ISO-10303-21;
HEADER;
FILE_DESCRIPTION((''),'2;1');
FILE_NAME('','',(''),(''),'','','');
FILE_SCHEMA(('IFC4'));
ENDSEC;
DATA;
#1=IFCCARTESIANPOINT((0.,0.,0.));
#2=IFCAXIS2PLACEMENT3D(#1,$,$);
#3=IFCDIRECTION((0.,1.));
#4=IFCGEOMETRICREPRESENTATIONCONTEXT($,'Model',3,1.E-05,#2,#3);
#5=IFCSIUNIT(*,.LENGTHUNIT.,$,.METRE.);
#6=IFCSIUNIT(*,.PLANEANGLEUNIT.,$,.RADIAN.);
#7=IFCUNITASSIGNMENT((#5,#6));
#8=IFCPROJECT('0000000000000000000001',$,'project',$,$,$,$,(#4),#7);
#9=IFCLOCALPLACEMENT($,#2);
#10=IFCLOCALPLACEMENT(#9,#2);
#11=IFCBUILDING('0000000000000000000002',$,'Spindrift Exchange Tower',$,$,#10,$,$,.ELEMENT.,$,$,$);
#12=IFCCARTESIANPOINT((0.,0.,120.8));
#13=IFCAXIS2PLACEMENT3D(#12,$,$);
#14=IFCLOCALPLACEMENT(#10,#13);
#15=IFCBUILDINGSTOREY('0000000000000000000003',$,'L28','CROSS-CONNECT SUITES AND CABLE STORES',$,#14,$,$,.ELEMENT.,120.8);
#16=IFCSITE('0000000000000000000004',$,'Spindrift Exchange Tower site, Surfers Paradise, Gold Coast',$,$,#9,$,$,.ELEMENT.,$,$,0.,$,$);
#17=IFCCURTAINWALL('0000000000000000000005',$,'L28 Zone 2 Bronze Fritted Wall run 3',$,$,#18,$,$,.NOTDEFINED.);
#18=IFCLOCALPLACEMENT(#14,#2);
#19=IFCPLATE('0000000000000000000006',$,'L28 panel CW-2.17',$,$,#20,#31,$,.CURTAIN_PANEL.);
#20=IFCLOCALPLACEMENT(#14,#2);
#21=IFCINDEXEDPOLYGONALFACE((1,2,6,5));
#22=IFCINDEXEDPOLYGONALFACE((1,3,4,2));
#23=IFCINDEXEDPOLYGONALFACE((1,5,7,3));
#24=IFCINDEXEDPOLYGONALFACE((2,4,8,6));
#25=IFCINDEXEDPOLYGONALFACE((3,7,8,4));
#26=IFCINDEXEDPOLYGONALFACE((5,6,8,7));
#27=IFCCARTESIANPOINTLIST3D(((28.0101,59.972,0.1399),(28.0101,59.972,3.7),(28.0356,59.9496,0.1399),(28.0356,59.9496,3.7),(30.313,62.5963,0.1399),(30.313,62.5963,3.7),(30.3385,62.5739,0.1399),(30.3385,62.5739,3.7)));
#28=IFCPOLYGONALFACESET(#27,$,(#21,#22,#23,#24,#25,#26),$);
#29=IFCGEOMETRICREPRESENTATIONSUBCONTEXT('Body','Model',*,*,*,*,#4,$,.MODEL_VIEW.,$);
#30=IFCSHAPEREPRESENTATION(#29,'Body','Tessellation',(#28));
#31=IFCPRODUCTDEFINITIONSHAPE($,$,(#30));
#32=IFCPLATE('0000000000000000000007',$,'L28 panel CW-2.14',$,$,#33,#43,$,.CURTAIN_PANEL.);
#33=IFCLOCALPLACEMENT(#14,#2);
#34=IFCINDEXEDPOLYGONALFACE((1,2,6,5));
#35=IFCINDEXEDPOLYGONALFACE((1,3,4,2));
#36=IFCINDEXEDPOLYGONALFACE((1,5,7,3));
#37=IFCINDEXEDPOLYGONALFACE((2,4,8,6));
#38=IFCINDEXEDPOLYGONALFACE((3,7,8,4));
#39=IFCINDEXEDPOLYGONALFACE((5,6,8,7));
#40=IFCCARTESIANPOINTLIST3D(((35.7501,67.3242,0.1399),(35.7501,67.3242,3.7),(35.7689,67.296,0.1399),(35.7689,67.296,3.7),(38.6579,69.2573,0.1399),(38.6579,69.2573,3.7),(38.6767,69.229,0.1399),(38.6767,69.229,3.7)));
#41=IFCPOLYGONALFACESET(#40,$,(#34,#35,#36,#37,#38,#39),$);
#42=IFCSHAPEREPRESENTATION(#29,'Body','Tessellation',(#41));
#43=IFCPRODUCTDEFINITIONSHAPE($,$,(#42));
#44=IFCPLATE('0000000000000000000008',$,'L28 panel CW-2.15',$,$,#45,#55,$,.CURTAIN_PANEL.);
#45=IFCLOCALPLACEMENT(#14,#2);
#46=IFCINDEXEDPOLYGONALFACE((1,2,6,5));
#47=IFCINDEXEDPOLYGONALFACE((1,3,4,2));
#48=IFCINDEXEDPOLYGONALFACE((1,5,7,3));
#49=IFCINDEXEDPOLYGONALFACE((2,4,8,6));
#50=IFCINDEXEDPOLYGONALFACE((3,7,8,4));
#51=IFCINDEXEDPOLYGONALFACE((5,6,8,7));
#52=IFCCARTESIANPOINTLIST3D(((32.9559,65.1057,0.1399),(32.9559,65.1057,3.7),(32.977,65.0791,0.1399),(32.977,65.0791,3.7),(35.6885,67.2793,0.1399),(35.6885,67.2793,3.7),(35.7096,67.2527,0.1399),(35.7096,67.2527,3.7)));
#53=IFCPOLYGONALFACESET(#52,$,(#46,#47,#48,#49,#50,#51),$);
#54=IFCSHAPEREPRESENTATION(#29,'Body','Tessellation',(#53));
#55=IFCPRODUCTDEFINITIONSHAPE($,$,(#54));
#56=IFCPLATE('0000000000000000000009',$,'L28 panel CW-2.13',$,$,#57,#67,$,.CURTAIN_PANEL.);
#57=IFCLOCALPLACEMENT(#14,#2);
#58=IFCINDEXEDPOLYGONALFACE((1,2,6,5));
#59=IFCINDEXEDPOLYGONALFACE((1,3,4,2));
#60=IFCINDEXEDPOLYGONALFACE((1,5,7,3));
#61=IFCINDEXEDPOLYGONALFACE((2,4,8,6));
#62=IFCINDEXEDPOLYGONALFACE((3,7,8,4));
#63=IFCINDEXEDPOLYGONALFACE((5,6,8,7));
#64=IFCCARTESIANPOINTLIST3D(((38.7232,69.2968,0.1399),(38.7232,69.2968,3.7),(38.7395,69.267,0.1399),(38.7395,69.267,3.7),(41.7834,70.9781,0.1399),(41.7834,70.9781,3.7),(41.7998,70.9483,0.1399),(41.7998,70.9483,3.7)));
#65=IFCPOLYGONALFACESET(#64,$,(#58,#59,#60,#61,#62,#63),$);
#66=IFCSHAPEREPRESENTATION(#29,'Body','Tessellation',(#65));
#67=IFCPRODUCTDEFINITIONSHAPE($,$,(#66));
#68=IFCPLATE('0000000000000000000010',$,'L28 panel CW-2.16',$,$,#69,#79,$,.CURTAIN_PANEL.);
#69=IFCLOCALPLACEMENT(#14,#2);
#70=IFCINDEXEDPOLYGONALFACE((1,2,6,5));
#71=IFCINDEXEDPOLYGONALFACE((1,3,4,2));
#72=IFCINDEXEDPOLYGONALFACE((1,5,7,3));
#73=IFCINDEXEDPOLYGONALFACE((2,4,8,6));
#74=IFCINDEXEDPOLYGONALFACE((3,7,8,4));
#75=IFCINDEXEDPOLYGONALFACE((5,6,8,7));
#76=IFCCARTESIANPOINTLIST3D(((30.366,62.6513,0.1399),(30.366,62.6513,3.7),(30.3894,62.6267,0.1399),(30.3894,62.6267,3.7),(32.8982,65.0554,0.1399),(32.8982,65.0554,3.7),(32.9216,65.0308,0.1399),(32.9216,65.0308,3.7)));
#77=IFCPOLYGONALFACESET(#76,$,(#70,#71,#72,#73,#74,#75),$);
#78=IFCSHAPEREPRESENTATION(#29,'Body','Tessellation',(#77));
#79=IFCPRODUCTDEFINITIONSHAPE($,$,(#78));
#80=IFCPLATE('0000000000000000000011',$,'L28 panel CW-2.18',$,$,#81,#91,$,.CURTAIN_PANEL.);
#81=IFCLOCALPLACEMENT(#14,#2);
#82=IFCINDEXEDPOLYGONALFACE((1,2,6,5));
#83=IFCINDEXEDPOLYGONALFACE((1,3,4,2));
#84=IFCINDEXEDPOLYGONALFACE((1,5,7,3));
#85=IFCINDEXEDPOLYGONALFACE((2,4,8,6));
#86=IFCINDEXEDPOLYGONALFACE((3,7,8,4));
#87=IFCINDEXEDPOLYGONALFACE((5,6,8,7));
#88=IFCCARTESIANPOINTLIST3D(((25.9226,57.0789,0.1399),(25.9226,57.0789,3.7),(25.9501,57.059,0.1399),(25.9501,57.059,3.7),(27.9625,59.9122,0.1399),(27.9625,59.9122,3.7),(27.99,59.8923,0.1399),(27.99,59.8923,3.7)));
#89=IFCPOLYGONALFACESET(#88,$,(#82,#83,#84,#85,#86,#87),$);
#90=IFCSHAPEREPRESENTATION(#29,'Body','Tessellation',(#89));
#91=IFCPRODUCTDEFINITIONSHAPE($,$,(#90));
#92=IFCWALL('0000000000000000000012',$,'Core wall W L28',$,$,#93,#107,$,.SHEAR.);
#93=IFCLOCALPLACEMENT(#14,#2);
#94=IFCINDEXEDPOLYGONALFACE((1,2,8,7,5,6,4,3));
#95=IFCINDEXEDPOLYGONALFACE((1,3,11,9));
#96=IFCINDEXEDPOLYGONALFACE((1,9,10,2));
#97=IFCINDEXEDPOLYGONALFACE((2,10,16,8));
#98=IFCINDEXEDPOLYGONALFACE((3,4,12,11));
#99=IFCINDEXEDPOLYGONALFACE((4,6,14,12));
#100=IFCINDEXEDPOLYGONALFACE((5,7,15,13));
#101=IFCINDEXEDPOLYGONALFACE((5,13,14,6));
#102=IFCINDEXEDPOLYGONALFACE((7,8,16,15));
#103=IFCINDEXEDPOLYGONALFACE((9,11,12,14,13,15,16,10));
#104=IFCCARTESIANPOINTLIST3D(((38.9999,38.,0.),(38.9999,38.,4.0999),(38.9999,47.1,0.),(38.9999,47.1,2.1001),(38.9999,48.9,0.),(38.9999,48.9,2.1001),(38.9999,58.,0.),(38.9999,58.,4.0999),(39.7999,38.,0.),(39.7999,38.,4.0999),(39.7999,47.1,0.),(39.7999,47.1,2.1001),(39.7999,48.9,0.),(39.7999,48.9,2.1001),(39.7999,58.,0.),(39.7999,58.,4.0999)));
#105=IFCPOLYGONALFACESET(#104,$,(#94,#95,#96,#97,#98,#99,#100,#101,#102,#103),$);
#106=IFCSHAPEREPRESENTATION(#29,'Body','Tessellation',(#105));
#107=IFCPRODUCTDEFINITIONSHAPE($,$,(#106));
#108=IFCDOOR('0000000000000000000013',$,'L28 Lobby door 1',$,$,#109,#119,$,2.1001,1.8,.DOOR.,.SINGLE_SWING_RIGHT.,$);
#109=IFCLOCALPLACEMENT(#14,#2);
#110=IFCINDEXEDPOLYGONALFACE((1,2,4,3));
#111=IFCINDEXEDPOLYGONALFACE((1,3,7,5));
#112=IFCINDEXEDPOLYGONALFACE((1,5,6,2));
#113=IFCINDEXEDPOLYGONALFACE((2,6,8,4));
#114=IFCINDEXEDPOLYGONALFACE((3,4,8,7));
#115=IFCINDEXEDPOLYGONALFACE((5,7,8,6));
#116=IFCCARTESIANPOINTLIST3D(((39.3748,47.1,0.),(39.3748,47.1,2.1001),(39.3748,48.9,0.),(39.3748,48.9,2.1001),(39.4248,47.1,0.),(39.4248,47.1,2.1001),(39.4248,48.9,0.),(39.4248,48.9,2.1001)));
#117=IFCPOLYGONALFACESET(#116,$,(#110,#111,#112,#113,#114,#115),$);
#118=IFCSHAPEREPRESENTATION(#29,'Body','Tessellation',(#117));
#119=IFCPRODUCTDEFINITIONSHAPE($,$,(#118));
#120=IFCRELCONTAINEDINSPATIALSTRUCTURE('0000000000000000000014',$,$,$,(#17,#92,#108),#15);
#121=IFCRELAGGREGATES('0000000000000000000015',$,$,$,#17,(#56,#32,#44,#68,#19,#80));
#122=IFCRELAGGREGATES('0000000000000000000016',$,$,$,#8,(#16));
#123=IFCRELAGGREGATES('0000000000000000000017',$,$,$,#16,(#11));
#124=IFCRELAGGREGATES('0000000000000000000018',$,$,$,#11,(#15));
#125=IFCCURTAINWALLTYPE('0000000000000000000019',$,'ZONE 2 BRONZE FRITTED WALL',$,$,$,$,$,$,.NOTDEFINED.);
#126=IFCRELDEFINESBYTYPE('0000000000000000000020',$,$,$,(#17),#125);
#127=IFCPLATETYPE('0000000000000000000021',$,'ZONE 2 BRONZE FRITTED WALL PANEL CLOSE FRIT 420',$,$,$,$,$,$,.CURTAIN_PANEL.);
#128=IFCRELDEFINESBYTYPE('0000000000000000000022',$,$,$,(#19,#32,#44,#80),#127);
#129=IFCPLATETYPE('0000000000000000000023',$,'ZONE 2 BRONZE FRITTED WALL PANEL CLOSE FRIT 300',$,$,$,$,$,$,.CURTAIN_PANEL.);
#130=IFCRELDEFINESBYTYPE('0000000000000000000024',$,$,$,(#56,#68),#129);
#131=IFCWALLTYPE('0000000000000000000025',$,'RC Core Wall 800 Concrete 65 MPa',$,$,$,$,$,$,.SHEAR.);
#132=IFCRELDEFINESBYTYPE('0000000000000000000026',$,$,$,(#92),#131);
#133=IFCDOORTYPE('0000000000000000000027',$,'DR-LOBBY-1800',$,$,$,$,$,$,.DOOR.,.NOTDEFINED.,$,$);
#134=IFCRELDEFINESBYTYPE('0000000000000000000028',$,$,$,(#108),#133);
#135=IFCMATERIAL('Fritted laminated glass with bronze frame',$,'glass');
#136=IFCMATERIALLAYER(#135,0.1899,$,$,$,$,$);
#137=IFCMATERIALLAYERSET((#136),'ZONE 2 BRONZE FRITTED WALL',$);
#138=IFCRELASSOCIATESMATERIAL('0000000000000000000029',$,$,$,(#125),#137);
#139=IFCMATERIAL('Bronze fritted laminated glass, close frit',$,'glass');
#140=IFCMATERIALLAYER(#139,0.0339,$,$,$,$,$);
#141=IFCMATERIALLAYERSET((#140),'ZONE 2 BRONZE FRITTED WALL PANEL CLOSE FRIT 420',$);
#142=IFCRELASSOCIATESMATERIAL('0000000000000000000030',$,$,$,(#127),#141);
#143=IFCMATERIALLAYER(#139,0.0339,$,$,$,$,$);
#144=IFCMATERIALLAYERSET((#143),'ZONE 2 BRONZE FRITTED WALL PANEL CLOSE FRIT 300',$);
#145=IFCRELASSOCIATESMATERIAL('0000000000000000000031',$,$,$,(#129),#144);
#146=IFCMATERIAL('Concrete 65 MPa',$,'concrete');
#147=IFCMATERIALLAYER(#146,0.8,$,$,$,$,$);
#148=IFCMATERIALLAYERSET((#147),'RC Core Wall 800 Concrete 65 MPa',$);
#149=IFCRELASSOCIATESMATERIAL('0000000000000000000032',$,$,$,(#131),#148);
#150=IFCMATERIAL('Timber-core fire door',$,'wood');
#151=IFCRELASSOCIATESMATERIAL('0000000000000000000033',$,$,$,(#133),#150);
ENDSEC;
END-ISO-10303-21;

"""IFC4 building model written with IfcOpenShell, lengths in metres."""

from ifc_helpers import new_model, si_unit, direction, frame, frame_2d, origin, origin_2d, place, context, subcontext, project, spatial, rectangle, extrude, source, transform, mapped, material, layer, layer_set, type_object, element, fill, aggregate, save


model = new_model("IFC4")

# Units and contexts
model_context = context("Model", 3, precision=1e-05, world=origin(), true_north=direction((0.0, 1.0)))
body_context = subcontext(model_context, "Body", "Model", "MODEL_VIEW")
ifc_project = project(units=[si_unit("LENGTHUNIT", "METRE"), si_unit("PLANEANGLEUNIT", "RADIAN")], contexts=[model_context])

# Site, building, storey
site_placement = place(None, origin())
site = spatial("IfcSite", under=ifc_project, at=site_placement, Name="Spindrift Exchange Tower site, Surfers Paradise, Gold Coast", CompositionType="ELEMENT", RefElevation=0.0)
building_placement = place(site_placement, origin())
building = spatial("IfcBuilding", under=site, at=building_placement, Name="Spindrift Exchange Tower", CompositionType="ELEMENT")
storey_placement = place(building_placement, frame((0.0, 0.0, 120.8)))
storey = spatial("IfcBuildingStorey", under=building, at=storey_placement, Name="L28", Description="CROSS-CONNECT SUITES AND CABLE STORES", CompositionType="ELEMENT", Elevation=120.8)

# Shared definitions
ifc_material_1 = material(Name="Concrete 65 MPa", Category="concrete")

# Curtain wall, plates
ifc_material_2 = material(Name="Fritted laminated glass with bronze frame", Category="glass")
ifc_layer_1 = layer(ifc_material_2, 0.1899)
ifc_layer_set_1 = layer_set([ifc_layer_1], Name="ZONE 2 BRONZE FRITTED WALL")
curtain_wall_type = type_object("IfcCurtainWallType", Name="ZONE 2 BRONZE FRITTED WALL", PredefinedType="NOTDEFINED", material=ifc_layer_set_1)
curtain_wall_placement = place(storey_placement, origin())
curtain_wall = element("IfcCurtainWall", 1, at=curtain_wall_placement, inside=storey, type_object=curtain_wall_type, Name="L28 Zone 2 Bronze Fritted Wall run 3", PredefinedType="NOTDEFINED")
ifc_material_3 = material(Name="Bronze fritted laminated glass, close frit", Category="glass")
ifc_layer_2 = layer(ifc_material_3, 0.0339)
ifc_layer_set_2 = layer_set([ifc_layer_2], Name="ZONE 2 BRONZE FRITTED WALL PANEL CLOSE FRIT 420")
plate_type_1 = type_object("IfcPlateType", Name="ZONE 2 BRONZE FRITTED WALL PANEL CLOSE FRIT 420", PredefinedType="CURTAIN_PANEL", material=ifc_layer_set_2)
shared_shape_1 = source(origin(), body_context, "Body", "SweptSolid", [
    extrude(rectangle(XDim=3.4915, YDim=0.0339, at=origin_2d()), origin(), (0.0, 0.0, 1.0), 3.5601),
])
plate_1_placement = place(storey_placement, frame((29.1743, 61.2729, 0.1399), z_axis=(0.0, 0.0, 1.0), x_axis=(-0.659566, -0.751646, 0.0)))
plate_1 = element("IfcPlate", 2, at=plate_1_placement, type_object=plate_type_1, Name="L28 panel CW-2.17", PredefinedType="CURTAIN_PANEL", context=body_context, shape_type="MappedRepresentation", body=[
    mapped(shared_shape_1, transform((0.0, 0.0, 0.0), scale=1.0)),
])
shared_shape_2 = source(origin(), body_context, "Body", "SweptSolid", [
    extrude(rectangle(XDim=3.4917, YDim=0.0339, at=origin_2d()), origin(), (0.0, 0.0, 1.0), 3.5601),
])
plate_2_placement = place(storey_placement, frame((37.2134, 68.2766, 0.1399), z_axis=(0.0, 0.0, 1.0), x_axis=(-0.832778, -0.553607, 0.0)))
plate_2 = element("IfcPlate", 3, at=plate_2_placement, type_object=plate_type_1, Name="L28 panel CW-2.14", PredefinedType="CURTAIN_PANEL", context=body_context, shape_type="MappedRepresentation", body=[
    mapped(shared_shape_2, transform((0.0, 0.0, 0.0), scale=1.0)),
])
plate_3_placement = place(storey_placement, frame((34.3328, 66.1792, 0.1399), z_axis=(0.0, 0.0, 1.0), x_axis=(-0.782608, -0.622515, 0.0)))
plate_3 = element("IfcPlate", 4, at=plate_3_placement, type_object=plate_type_1, Name="L28 panel CW-2.15", PredefinedType="CURTAIN_PANEL", context=body_context, shape_type="MappedRepresentation", body=[
    mapped(shared_shape_2, transform((0.0, 0.0, 0.0), scale=1.0)),
])
ifc_layer_3 = layer(ifc_material_3, 0.0339)
ifc_layer_set_3 = layer_set([ifc_layer_3], Name="ZONE 2 BRONZE FRITTED WALL PANEL CLOSE FRIT 300")
plate_type_2 = type_object("IfcPlateType", Name="ZONE 2 BRONZE FRITTED WALL PANEL CLOSE FRIT 300", PredefinedType="CURTAIN_PANEL", material=ifc_layer_set_3)
shared_shape_3 = source(origin(), body_context, "Body", "SweptSolid", [
    extrude(rectangle(XDim=3.4917, YDim=0.0339, at=origin_2d()), origin(), (0.0, 0.0, 1.0), 3.5601),
])
plate_4_placement = place(storey_placement, frame((40.2615, 70.1226, 0.1399), z_axis=(0.0, 0.0, 1.0), x_axis=(-0.87644, -0.48151, 0.0)))
plate_4 = element("IfcPlate", 5, at=plate_4_placement, type_object=plate_type_2, Name="L28 panel CW-2.13", PredefinedType="CURTAIN_PANEL", context=body_context, shape_type="MappedRepresentation", body=[
    mapped(shared_shape_3, transform((0.0, 0.0, 0.0), scale=1.0)),
])
plate_5_placement = place(storey_placement, frame((31.6438, 63.8411, 0.1399), z_axis=(0.0, 0.0, 1.0), x_axis=(-0.725206, -0.688532, 0.0)))
plate_5 = element("IfcPlate", 6, at=plate_5_placement, type_object=plate_type_2, Name="L28 panel CW-2.16", PredefinedType="CURTAIN_PANEL", context=body_context, shape_type="MappedRepresentation", body=[
    mapped(shared_shape_3, transform((0.0, 0.0, 0.0), scale=1.0)),
])
shared_shape_4 = source(origin(), body_context, "Body", "SweptSolid", [
    extrude(rectangle(XDim=3.4912, YDim=0.0339, at=origin_2d()), origin(), (0.0, 0.0, 1.0), 3.5601),
])
plate_6_placement = place(storey_placement, frame((26.9563, 58.4856, 0.1399), z_axis=(0.0, 0.0, 1.0), x_axis=(-0.584282, -0.811551, 0.0)))
plate_6 = element("IfcPlate", 7, at=plate_6_placement, type_object=plate_type_1, Name="L28 panel CW-2.18", PredefinedType="CURTAIN_PANEL", context=body_context, shape_type="MappedRepresentation", body=[
    mapped(shared_shape_4, transform((0.0, 0.0, 0.0), scale=1.0)),
])
aggregate(curtain_wall, [plate_4, plate_2, plate_3, plate_5, plate_1, plate_6])

# Wall, opening, door
ifc_layer_4 = layer(ifc_material_1, 0.8)
ifc_layer_set_4 = layer_set([ifc_layer_4], Name="RC Core Wall 800 Concrete 65 MPa")
wall_type_1 = type_object("IfcWallType", Name="RC Core Wall 800 Concrete 65 MPa", PredefinedType="SHEAR", material=ifc_layer_set_4)
wall_1_placement = place(storey_placement, frame((39.3999, 58.0, 0.0), z_axis=(0.0, 0.0, 1.0), x_axis=(0.0, -1.0, 0.0)))
wall_1 = element("IfcWall", 8, at=wall_1_placement, inside=storey, type_object=wall_type_1, Name="Core wall W L28", PredefinedType="SHEAR", context=body_context, shape_type="SweptSolid", body=[
    extrude(rectangle(XDim=20.0, YDim=0.8, at=frame_2d((10.0, 0.0))), origin(), (0.0, 0.0, 1.0), 4.0999),
])
opening_1_placement = place(wall_1_placement, frame((9.1001, 0.0, 0.0)))
opening_1 = element("IfcOpeningElement", 9, at=opening_1_placement, cuts=wall_1, PredefinedType="OPENING", context=body_context, shape_type="SweptSolid", body=[
    extrude(rectangle(XDim=1.8, YDim=2.1001, at=frame_2d((0.8999, 1.05))), frame((0.0, 0.4099, 0.0), z_axis=(0.0, -1.0, 0.0), x_axis=(1.0, 0.0, 0.0)), (0.0, 0.0, 1.0), 0.8201),
])
ifc_material_4 = material(Name="Timber-core fire door", Category="wood")
door_type_1 = type_object("IfcDoorType", Name="DR-LOBBY-1800", OperationType="NOTDEFINED", PredefinedType="DOOR", material=ifc_material_4)
shared_shape_5 = source(origin(), body_context, "Body", "SweptSolid", [
    extrude(rectangle(XDim=1.8, YDim=2.1001, at=frame_2d((0.8999, 1.05))), frame((0.0, 0.0249, 0.0), z_axis=(0.0, -1.0, 0.0), x_axis=(1.0, 0.0, 0.0)), (0.0, 0.0, 1.0), 0.05),
])
door_1_placement = place(opening_1_placement, origin())
door_1 = element("IfcDoor", 10, at=door_1_placement, inside=storey, type_object=door_type_1, Name="L28 Lobby door 1", OperationType="SINGLE_SWING_RIGHT", OverallHeight=2.1001, OverallWidth=1.8, PredefinedType="DOOR", context=body_context, shape_type="MappedRepresentation", body=[
    mapped(shared_shape_5, transform((0.0, 0.0, 0.0), scale=1.0)),
])
fill(opening_1, door_1)

save(model, "model.ifc")
